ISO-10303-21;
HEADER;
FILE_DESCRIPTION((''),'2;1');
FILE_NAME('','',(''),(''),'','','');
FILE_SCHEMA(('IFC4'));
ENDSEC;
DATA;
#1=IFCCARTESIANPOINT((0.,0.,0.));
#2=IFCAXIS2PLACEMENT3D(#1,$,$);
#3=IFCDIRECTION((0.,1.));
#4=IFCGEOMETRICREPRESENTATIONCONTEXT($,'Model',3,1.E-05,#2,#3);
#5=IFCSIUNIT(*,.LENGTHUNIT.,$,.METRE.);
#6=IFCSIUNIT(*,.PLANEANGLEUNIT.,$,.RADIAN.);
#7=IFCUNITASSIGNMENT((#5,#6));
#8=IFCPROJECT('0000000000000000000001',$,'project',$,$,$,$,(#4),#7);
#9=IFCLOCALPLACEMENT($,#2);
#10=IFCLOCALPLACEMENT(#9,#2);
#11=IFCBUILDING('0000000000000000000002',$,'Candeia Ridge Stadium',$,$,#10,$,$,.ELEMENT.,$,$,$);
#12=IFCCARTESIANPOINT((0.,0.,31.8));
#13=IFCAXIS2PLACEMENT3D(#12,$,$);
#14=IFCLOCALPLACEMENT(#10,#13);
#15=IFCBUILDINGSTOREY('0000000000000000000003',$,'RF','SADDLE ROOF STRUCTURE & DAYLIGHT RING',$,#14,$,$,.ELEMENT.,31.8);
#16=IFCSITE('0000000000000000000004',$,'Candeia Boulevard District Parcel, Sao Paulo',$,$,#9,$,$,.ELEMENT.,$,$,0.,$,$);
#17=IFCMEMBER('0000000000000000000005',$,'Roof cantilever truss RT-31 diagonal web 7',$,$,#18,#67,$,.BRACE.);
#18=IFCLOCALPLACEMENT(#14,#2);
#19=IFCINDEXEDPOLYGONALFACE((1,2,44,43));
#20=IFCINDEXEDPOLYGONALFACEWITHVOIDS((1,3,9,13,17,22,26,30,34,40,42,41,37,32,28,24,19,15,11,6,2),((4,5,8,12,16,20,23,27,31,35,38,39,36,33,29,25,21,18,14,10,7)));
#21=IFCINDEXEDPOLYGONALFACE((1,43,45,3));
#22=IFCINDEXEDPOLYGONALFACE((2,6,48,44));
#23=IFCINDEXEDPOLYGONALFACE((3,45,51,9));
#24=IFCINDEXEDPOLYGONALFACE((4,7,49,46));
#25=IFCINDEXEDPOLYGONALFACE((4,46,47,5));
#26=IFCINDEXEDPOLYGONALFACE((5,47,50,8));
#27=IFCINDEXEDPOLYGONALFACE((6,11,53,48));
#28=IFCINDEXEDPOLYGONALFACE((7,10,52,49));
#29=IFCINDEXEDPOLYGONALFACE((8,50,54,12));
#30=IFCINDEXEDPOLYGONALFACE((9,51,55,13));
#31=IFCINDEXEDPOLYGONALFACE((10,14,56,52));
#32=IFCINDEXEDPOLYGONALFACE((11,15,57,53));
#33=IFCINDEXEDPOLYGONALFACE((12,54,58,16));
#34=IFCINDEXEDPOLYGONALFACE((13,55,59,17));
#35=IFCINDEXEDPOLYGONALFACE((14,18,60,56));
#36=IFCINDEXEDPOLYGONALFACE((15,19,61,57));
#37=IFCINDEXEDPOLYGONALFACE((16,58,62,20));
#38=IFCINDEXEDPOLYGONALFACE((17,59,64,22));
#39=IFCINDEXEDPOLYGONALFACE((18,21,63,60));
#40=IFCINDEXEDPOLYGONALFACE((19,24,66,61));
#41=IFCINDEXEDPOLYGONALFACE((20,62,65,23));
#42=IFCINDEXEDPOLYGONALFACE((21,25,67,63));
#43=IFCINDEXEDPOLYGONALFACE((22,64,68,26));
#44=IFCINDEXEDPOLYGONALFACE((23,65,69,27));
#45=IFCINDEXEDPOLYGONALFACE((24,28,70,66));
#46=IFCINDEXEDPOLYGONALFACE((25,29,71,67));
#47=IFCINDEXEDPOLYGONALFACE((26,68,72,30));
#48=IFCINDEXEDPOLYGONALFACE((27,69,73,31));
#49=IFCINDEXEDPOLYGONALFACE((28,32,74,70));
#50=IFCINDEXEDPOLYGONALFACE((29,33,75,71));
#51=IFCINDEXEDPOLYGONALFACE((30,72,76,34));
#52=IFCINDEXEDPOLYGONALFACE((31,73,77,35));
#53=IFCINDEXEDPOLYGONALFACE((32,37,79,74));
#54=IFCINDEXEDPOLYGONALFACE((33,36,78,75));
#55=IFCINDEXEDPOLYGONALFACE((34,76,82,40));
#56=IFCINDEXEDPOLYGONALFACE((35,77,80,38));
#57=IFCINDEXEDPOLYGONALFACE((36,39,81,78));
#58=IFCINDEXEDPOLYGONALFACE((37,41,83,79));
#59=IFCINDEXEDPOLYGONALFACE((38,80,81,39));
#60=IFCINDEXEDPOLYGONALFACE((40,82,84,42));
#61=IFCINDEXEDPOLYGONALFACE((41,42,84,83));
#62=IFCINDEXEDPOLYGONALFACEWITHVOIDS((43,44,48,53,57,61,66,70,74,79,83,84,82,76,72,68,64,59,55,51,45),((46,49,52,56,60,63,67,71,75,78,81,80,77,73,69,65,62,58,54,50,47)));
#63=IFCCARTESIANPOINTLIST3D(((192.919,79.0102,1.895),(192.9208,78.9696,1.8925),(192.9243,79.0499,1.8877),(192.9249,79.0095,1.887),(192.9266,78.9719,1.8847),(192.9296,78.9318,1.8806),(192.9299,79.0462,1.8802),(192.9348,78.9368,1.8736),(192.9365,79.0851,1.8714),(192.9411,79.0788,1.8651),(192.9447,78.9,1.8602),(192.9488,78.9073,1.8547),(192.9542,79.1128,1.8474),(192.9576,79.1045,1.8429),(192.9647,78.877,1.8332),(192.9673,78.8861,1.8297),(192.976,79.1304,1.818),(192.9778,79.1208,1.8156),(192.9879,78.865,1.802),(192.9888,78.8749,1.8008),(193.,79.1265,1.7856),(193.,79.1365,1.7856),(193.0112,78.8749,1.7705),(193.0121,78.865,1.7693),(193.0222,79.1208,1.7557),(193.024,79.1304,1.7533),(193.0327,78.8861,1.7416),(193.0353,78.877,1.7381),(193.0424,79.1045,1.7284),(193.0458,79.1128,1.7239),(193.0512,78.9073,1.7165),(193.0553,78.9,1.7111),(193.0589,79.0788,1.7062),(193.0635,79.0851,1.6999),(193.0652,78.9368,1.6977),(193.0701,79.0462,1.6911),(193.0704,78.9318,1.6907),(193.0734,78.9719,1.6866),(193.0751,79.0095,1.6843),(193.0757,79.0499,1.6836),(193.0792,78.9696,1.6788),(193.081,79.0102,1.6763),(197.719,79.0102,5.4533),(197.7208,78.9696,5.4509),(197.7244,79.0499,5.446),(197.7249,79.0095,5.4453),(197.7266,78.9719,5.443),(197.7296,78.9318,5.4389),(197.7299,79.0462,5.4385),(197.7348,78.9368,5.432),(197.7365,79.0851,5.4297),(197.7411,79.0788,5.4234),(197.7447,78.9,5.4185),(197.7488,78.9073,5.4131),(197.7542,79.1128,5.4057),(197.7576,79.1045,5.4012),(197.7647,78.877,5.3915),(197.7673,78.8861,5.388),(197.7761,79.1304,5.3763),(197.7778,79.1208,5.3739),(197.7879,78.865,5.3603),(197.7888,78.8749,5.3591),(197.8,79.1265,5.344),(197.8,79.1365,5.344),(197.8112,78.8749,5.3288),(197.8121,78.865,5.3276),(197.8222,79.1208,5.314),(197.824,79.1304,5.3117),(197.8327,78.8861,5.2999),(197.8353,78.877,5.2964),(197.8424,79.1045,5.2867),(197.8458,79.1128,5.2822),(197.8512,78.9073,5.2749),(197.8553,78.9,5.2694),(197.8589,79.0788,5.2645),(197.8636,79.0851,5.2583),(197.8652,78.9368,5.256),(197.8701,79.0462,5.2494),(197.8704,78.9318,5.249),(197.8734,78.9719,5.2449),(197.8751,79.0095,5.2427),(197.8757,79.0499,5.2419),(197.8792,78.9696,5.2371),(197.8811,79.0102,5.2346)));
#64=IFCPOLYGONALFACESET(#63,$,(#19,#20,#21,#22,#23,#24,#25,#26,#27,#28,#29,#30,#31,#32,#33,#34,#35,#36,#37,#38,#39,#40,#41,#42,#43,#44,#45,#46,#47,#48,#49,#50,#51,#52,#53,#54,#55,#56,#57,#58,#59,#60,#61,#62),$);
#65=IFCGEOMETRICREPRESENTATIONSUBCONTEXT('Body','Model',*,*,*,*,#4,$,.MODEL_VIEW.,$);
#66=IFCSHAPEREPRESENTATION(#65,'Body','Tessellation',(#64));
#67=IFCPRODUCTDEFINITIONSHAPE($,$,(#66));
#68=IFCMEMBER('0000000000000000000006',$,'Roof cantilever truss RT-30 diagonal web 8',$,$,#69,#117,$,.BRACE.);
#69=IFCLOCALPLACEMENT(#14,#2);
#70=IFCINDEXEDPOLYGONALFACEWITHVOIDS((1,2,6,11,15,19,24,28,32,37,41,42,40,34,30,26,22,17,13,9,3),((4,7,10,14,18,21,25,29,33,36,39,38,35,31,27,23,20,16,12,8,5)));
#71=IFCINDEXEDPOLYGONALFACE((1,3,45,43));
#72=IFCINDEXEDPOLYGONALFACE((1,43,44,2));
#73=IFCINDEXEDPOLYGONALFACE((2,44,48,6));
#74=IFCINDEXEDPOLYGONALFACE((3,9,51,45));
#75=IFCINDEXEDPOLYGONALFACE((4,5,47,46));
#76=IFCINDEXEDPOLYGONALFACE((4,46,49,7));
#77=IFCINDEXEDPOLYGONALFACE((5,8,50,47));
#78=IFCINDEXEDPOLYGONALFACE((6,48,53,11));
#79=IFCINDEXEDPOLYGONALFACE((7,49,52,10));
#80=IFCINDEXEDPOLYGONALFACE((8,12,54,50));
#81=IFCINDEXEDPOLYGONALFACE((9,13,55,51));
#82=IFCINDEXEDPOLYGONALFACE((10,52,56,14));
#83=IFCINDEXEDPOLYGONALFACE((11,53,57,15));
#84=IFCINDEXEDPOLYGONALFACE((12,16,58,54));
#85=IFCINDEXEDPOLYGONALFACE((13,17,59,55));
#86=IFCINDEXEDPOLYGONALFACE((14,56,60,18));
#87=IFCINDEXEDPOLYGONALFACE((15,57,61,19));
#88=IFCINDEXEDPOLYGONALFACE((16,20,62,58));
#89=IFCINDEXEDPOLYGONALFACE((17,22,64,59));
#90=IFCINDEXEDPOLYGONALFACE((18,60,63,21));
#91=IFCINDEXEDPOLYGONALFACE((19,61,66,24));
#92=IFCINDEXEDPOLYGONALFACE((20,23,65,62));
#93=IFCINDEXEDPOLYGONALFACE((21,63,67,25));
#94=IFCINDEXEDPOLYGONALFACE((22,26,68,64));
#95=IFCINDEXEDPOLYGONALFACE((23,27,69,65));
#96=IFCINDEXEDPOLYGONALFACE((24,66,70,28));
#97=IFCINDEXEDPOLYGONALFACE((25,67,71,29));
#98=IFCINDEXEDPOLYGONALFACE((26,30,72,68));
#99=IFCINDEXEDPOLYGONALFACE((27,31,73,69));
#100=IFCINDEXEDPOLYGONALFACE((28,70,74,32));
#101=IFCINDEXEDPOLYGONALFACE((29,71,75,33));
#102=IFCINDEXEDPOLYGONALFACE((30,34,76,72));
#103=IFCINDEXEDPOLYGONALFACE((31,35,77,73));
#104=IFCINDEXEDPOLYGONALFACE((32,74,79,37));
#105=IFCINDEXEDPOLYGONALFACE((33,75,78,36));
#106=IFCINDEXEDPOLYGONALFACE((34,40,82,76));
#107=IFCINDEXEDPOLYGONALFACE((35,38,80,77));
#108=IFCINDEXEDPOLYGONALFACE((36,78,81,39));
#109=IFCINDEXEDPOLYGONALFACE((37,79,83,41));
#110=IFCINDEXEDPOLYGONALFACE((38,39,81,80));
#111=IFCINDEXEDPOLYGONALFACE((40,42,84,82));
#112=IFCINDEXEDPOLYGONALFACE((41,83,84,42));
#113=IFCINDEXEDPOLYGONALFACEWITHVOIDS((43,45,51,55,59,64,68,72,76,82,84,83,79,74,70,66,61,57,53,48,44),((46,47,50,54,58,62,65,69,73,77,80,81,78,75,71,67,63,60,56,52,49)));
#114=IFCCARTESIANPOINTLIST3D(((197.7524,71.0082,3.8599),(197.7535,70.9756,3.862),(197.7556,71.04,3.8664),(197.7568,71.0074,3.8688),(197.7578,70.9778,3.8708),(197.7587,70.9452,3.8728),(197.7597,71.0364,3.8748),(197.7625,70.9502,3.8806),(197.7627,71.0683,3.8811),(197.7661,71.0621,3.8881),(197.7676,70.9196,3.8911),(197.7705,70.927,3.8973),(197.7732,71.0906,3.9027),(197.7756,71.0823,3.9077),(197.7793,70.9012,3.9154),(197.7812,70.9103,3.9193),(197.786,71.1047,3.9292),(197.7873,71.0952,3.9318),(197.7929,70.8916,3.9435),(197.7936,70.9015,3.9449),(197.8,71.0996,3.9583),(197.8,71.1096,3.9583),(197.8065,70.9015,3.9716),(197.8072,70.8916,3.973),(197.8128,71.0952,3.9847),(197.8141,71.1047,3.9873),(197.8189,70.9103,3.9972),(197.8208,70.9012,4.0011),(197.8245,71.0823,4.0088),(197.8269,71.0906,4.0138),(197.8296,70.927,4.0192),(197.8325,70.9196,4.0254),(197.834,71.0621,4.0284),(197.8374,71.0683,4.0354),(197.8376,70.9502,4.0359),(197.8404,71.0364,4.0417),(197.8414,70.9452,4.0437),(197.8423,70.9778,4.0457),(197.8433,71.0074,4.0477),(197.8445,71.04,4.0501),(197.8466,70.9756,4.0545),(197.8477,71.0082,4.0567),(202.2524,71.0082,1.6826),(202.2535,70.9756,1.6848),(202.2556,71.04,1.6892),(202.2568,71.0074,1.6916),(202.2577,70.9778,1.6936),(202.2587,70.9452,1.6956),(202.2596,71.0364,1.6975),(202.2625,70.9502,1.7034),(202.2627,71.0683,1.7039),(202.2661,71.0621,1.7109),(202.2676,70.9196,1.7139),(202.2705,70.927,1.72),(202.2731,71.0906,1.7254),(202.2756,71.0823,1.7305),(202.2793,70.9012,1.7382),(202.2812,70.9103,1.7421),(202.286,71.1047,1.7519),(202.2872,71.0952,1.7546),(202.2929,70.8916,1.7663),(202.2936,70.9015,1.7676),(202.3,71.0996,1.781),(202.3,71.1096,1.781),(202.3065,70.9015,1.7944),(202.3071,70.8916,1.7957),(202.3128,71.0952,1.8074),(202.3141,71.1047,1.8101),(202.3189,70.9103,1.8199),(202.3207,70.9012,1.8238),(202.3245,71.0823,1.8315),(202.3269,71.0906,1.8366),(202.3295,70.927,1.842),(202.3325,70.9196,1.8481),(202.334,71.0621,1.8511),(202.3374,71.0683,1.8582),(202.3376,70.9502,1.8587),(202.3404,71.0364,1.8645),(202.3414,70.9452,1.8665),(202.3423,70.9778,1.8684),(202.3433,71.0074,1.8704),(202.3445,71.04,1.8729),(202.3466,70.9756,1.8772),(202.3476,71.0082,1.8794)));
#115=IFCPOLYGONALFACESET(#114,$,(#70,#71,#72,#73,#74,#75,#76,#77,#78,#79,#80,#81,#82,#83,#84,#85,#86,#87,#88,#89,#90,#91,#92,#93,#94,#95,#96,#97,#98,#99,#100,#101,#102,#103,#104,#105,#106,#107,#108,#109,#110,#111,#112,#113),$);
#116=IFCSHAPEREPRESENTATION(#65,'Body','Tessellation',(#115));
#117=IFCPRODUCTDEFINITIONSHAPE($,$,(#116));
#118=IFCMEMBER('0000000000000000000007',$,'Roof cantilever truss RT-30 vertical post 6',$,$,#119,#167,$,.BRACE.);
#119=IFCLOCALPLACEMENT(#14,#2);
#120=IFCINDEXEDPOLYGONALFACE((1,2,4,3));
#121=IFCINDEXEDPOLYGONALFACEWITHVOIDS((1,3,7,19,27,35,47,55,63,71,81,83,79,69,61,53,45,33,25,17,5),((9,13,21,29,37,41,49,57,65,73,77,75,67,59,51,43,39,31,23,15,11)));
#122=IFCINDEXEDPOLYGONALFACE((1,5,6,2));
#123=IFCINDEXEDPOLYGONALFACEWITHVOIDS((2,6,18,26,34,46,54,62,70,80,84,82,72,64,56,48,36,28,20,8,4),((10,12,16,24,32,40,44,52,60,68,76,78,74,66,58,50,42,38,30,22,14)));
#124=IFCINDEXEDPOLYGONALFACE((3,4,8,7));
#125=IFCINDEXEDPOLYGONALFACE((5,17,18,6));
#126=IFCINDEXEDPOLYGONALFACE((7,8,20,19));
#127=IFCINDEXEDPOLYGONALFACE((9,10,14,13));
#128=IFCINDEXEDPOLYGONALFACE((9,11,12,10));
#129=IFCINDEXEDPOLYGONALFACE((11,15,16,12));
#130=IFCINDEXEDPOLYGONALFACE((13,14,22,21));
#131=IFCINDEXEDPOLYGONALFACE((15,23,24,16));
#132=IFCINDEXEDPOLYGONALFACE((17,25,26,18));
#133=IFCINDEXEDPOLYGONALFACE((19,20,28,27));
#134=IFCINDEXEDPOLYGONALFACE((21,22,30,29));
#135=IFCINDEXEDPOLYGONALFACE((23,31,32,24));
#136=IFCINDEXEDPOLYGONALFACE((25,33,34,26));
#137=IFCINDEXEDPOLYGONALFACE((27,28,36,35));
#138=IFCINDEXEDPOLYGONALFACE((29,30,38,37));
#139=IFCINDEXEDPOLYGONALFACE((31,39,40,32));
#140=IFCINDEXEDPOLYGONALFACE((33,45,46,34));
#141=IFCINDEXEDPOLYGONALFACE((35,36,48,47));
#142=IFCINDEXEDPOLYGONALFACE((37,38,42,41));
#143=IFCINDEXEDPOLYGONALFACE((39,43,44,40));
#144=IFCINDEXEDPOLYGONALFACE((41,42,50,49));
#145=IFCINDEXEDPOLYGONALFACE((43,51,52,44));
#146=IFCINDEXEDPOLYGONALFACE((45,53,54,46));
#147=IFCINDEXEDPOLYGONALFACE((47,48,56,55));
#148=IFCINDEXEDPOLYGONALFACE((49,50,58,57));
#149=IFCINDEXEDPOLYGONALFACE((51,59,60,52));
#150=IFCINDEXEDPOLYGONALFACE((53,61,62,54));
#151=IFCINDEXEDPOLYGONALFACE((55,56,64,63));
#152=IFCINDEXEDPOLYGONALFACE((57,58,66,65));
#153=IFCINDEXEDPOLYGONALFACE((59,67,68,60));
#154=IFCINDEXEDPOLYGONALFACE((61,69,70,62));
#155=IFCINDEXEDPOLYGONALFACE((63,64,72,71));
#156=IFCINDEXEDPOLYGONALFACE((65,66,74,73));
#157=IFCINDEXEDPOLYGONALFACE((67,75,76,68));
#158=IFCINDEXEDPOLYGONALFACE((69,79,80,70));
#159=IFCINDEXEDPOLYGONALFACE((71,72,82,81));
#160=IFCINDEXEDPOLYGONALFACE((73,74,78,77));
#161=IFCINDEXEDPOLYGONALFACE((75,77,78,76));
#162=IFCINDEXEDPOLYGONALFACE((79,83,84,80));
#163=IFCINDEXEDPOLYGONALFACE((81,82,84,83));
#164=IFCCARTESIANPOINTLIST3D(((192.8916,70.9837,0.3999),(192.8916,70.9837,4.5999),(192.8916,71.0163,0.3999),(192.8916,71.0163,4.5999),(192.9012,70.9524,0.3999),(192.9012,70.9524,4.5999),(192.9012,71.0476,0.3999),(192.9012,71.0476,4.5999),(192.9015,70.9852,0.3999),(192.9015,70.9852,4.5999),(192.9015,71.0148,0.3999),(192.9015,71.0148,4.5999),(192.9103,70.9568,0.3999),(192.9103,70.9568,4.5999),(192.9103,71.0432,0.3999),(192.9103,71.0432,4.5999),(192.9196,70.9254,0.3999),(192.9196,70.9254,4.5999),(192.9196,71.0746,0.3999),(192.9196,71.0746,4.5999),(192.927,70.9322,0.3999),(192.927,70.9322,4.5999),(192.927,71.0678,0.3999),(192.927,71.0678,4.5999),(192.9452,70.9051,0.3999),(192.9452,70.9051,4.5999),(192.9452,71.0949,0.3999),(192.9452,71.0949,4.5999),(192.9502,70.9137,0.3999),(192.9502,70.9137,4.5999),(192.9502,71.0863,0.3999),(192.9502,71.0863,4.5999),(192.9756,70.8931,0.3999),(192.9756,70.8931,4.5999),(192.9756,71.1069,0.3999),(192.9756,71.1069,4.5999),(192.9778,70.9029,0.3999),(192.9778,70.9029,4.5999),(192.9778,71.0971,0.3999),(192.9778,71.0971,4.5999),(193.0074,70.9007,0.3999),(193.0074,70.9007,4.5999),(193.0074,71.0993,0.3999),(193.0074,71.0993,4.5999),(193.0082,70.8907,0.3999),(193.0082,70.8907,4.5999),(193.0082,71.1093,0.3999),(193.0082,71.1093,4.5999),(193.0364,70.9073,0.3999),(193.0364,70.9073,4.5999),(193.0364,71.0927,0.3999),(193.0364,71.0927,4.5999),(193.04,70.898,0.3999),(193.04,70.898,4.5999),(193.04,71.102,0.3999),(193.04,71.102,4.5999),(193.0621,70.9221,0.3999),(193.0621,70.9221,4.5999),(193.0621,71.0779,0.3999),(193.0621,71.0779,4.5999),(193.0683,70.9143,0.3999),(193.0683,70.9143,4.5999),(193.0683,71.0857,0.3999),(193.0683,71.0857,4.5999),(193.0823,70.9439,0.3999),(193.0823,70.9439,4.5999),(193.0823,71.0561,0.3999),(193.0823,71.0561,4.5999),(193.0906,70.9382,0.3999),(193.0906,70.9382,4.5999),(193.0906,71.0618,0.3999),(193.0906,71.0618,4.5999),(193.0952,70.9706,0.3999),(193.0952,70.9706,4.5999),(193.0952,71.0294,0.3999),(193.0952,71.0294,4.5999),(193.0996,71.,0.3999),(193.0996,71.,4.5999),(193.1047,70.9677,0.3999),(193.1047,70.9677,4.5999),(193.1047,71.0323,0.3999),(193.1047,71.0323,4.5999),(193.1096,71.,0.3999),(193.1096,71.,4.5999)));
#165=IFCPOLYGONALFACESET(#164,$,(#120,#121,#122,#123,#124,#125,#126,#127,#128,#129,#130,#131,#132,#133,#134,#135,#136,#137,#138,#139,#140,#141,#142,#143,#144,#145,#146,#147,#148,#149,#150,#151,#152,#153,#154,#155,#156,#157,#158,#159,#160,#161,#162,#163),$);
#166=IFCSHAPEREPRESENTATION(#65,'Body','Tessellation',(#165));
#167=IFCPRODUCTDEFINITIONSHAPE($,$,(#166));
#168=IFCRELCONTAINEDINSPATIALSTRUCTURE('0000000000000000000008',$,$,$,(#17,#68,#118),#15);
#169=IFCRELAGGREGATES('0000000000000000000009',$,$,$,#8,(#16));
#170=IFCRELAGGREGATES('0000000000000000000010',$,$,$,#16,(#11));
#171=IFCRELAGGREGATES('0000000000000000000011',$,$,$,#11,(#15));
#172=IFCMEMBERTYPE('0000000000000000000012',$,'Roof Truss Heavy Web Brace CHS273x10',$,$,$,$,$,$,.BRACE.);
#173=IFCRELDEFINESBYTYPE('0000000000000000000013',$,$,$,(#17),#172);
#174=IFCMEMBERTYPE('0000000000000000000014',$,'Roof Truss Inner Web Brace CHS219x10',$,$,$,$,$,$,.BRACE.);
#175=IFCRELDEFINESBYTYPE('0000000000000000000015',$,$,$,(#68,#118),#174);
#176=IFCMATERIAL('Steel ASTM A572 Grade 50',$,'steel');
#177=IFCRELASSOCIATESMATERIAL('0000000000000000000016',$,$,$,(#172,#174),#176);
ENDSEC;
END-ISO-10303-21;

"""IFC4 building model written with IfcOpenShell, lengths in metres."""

from ifc_helpers import new_model, si_unit, direction, frame, origin, origin_2d, place, context, subcontext, project, spatial, hollow_circle, extrude, material, material_profile, profile_set, type_object, element, save


model = new_model("IFC4")

# Units and contexts
model_context = context("Model", 3, precision=1e-05, world=origin(), true_north=direction((0.0, 1.0)))
body_context = subcontext(model_context, "Body", "Model", "MODEL_VIEW")
ifc_project = project(units=[si_unit("LENGTHUNIT", "METRE"), si_unit("PLANEANGLEUNIT", "RADIAN")], contexts=[model_context])

# Site, building, storey
site_placement = place(None, origin())
site = spatial("IfcSite", under=ifc_project, at=site_placement, Name="Candeia Boulevard District Parcel, Sao Paulo", CompositionType="ELEMENT", RefElevation=0.0)
building_placement = place(site_placement, origin())
building = spatial("IfcBuilding", under=site, at=building_placement, Name="Candeia Ridge Stadium", CompositionType="ELEMENT")
storey_placement = place(building_placement, frame((0.0, 0.0, 31.8)))
storey = spatial("IfcBuildingStorey", under=building, at=storey_placement, Name="RF", Description="SADDLE ROOF STRUCTURE & DAYLIGHT RING", CompositionType="ELEMENT", Elevation=31.8)

# Shared definitions
ifc_material_1 = material(Name="Steel ASTM A572 Grade 50", Category="steel")

# Members
ifc_material_profile_1 = material_profile(ifc_material_1, hollow_circle(Radius=0.1365, WallThickness=0.01, at=origin_2d()), Name="CHS273x10", Category="steel")
ifc_profile_set_1 = profile_set([ifc_material_profile_1], Name="Steel ASTM A572 Grade 50")
member_type_1 = type_object("IfcMemberType", Name="Roof Truss Heavy Web Brace CHS273x10", PredefinedType="BRACE", material=ifc_profile_set_1)
for number, where, z_axis, x_axis, name in (
    (1, (193.0, 79.0, 1.7856), (0.803336, 0.0, 0.595526), (0.0, 1.0, 0.0), "Roof cantilever truss RT-31 diagonal web 7"),
):
    element("IfcMember", number, at=place(storey_placement, frame(where, z_axis=z_axis, x_axis=x_axis)), inside=storey, type_object=member_type_1, Name=name, PredefinedType="BRACE", context=body_context, shape_type="SweptSolid", body=[
        extrude(hollow_circle(Radius=0.1365, WallThickness=0.01, at=origin_2d()), origin(), (0.0, 0.0, 1.0), 5.9751),
    ])
ifc_material_profile_2 = material_profile(ifc_material_1, hollow_circle(Radius=0.1096, WallThickness=0.01, at=origin_2d()), Name="CHS219x10", Category="steel")
ifc_profile_set_2 = profile_set([ifc_material_profile_2], Name="Steel ASTM A572 Grade 50")
member_type_2 = type_object("IfcMemberType", Name="Roof Truss Inner Web Brace CHS219x10", PredefinedType="BRACE", material=ifc_profile_set_2)
member_1_placement = place(storey_placement, frame((197.8, 71.0, 3.9583), z_axis=(0.900173, 0.0, -0.435533), x_axis=(0.0, 1.0, 0.0)))
element("IfcMember", 2, at=member_1_placement, inside=storey, type_object=member_type_2, Name="Roof cantilever truss RT-30 diagonal web 8", PredefinedType="BRACE", context=body_context, shape_type="SweptSolid", body=[
    extrude(hollow_circle(Radius=0.1096, WallThickness=0.01, at=origin_2d()), origin(), (0.0, 0.0, 1.0), 4.999),
])
member_2_placement = place(storey_placement, frame((193.0, 71.0, 0.3999), z_axis=(0.0, 0.0, 1.0), x_axis=(1.0, 0.0, 0.0)))
element("IfcMember", 3, at=member_2_placement, inside=storey, type_object=member_type_2, Name="Roof cantilever truss RT-30 vertical post 6", PredefinedType="BRACE", context=body_context, shape_type="SweptSolid", body=[
    extrude(hollow_circle(Radius=0.1096, WallThickness=0.01, at=origin_2d()), origin(), (0.0, 0.0, 1.0), 4.2),
])

save(model, "model.ifc")
